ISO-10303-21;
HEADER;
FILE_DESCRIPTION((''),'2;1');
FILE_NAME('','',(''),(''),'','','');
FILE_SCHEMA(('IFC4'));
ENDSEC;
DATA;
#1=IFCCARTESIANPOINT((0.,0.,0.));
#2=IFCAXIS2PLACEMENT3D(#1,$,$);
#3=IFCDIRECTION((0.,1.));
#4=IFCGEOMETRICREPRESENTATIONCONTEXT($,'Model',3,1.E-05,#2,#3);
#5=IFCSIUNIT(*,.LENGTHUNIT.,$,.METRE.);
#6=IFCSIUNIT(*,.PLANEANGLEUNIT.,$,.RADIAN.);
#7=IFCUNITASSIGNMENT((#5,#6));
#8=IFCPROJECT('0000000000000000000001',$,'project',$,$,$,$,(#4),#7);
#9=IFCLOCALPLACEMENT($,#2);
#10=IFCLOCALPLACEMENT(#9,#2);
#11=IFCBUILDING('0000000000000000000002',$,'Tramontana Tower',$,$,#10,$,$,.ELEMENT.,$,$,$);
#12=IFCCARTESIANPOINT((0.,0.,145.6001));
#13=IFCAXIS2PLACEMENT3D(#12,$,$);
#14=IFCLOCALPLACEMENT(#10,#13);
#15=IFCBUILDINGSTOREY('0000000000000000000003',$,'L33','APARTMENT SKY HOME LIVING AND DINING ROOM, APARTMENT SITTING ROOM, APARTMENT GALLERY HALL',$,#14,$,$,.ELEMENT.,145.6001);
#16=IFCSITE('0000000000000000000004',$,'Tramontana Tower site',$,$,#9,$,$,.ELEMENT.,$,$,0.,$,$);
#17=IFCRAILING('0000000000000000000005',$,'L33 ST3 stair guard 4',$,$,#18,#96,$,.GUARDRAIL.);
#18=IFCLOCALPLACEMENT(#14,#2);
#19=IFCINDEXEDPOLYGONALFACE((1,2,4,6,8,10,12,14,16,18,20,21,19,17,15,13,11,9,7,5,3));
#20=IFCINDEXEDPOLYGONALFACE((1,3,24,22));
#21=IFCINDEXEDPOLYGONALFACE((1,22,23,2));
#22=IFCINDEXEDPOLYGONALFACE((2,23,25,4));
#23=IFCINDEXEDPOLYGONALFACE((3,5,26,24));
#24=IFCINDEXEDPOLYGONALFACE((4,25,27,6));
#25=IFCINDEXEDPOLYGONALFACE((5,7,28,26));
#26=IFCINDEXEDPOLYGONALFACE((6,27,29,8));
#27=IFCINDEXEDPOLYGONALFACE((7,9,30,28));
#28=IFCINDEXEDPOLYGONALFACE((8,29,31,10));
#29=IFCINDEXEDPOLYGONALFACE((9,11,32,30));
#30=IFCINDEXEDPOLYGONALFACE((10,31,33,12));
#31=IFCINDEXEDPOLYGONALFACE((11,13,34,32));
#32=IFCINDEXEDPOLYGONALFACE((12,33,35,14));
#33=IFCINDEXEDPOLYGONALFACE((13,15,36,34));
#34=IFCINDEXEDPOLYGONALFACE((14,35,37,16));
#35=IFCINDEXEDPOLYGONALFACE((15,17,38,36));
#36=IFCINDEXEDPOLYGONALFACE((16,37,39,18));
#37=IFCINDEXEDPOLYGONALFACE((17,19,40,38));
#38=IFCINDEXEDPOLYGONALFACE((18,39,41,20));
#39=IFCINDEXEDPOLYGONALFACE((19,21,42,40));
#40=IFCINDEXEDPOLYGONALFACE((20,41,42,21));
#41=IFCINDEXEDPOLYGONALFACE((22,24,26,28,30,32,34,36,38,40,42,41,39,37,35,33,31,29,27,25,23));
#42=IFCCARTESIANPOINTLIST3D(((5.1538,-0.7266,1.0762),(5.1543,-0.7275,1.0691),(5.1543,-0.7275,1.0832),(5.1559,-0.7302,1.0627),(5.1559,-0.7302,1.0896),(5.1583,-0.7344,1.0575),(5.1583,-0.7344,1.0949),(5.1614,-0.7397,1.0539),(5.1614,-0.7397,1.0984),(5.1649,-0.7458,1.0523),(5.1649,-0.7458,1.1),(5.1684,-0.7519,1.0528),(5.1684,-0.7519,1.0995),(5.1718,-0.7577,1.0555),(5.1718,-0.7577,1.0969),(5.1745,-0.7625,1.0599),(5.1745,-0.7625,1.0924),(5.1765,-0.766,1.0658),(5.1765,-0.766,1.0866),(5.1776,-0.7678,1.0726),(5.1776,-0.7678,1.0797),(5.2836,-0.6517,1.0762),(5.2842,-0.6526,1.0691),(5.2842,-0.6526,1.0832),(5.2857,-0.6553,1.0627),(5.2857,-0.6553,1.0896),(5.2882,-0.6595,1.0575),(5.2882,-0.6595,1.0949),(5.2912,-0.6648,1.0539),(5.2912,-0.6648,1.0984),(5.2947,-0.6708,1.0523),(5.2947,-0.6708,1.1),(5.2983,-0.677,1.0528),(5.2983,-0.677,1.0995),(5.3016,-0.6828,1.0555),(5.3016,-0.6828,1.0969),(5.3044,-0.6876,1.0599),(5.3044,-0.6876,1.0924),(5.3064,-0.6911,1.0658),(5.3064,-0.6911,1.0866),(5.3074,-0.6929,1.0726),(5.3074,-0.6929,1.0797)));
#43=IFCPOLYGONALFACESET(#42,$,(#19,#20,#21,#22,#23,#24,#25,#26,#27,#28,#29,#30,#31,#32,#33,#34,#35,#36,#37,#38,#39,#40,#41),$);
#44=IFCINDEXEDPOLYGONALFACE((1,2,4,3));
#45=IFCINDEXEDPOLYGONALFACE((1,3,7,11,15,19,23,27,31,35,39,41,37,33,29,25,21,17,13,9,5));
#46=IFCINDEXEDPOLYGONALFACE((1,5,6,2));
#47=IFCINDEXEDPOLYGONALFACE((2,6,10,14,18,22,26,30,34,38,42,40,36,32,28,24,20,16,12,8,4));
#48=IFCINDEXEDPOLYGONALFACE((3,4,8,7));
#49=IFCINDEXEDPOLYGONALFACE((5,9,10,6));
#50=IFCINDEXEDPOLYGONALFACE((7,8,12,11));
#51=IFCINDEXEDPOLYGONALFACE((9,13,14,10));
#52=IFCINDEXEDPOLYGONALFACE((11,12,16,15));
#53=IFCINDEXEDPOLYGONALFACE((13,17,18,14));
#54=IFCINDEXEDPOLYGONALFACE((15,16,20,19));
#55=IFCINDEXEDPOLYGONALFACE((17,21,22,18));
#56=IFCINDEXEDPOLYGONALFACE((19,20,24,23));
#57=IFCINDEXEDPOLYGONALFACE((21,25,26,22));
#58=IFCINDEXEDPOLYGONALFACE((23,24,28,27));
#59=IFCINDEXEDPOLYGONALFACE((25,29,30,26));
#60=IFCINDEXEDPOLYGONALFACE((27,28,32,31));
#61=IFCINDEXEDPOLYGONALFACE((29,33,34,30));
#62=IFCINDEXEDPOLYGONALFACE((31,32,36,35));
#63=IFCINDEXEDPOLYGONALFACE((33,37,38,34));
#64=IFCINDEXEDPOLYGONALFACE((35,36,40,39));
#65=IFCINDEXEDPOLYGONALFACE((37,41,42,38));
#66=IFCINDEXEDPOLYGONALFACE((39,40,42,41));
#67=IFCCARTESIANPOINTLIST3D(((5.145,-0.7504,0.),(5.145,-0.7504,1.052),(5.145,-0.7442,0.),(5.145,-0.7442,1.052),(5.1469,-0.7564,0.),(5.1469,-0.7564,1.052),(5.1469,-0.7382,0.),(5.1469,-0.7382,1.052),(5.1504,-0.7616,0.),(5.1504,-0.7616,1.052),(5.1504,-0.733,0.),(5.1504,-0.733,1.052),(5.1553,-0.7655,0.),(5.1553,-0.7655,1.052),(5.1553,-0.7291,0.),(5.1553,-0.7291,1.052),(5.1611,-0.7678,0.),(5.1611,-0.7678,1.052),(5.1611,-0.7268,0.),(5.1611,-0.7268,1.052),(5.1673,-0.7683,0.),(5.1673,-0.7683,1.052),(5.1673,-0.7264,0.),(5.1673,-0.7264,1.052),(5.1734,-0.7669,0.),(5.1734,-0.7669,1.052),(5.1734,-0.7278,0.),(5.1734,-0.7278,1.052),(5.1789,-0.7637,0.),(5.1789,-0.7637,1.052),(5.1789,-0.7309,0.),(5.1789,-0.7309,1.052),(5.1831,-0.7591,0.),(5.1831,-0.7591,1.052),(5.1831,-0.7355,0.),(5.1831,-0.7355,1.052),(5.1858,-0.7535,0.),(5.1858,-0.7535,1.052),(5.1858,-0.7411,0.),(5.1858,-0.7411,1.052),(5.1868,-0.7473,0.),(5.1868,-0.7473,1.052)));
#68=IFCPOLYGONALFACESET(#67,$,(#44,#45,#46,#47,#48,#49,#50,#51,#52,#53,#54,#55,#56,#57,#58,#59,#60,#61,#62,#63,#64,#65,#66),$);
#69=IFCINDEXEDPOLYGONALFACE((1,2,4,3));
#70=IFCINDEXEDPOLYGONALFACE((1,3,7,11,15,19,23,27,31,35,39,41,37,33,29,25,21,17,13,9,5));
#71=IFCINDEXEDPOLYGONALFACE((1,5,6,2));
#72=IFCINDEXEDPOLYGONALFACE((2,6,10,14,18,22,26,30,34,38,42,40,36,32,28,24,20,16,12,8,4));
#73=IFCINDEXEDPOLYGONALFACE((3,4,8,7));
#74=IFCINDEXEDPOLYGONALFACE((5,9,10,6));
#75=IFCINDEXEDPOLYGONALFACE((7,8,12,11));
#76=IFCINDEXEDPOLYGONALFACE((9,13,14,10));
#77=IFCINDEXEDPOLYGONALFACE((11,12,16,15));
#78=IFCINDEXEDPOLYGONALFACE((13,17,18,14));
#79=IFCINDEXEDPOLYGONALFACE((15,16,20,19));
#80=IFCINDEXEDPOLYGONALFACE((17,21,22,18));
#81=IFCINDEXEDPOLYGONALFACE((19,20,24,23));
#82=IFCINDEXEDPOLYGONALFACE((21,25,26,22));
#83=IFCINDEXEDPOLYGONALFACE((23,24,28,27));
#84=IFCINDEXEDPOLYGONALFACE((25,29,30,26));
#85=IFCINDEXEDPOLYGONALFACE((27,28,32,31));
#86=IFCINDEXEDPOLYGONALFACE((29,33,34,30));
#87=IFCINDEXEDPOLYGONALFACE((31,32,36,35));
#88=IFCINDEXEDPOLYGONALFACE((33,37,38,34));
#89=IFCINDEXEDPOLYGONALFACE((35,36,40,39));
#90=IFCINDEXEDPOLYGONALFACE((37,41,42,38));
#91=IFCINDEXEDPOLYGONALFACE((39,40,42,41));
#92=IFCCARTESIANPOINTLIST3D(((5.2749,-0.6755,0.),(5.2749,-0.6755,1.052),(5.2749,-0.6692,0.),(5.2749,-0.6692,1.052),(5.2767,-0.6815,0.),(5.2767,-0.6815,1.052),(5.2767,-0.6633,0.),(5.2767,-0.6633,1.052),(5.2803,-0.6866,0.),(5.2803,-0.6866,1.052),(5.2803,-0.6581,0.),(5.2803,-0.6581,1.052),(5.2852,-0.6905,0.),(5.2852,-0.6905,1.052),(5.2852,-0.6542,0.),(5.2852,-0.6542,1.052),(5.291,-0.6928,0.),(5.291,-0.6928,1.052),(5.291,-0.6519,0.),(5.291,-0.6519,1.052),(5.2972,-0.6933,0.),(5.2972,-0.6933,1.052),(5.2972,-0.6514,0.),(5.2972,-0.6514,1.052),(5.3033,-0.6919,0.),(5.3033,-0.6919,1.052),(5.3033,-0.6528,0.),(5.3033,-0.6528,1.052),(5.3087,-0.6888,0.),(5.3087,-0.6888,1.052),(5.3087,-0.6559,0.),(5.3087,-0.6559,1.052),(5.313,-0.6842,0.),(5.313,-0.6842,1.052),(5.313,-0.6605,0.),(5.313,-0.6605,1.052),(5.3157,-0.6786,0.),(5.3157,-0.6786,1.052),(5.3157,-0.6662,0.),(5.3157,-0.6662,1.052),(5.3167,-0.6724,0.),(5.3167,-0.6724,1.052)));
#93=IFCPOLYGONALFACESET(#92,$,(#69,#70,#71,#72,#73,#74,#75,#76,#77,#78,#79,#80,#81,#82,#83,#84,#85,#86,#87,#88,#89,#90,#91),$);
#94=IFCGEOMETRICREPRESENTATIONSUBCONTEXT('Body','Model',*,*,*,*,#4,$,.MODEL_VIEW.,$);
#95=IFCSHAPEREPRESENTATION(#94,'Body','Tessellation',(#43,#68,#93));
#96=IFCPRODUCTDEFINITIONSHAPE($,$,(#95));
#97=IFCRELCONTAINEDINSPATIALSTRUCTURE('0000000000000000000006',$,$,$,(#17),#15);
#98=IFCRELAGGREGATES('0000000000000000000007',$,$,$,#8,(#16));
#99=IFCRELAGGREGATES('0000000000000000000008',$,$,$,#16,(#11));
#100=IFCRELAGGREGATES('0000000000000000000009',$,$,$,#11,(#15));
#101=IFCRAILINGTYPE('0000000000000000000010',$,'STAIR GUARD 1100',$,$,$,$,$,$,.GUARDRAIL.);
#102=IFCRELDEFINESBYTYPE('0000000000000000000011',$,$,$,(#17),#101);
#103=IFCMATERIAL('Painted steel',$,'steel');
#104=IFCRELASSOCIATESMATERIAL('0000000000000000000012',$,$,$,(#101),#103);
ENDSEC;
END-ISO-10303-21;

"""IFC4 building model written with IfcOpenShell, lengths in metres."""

from ifc_helpers import new_model, si_unit, direction, frame, origin, origin_2d, place, context, subcontext, project, spatial, circle, extrude, material, type_object, element, save


model = new_model("IFC4")

# Units and contexts
model_context = context("Model", 3, precision=1e-05, world=origin(), true_north=direction((0.0, 1.0)))
body_context = subcontext(model_context, "Body", "Model", "MODEL_VIEW")
ifc_project = project(units=[si_unit("LENGTHUNIT", "METRE"), si_unit("PLANEANGLEUNIT", "RADIAN")], contexts=[model_context])

# Site, building, storey
site_placement = place(None, origin())
site = spatial("IfcSite", under=ifc_project, at=site_placement, Name="Tramontana Tower site", CompositionType="ELEMENT", RefElevation=0.0)
building_placement = place(site_placement, origin())
building = spatial("IfcBuilding", under=site, at=building_placement, Name="Tramontana Tower", CompositionType="ELEMENT")
storey_placement = place(building_placement, frame((0.0, 0.0, 145.6001)))
storey = spatial("IfcBuildingStorey", under=building, at=storey_placement, Name="L33", Description="APARTMENT SKY HOME LIVING AND DINING ROOM, APARTMENT SITTING ROOM, APARTMENT GALLERY HALL", CompositionType="ELEMENT", Elevation=145.6001)

# Railing
ifc_material_1 = material(Name="Painted steel", Category="steel")
railing_type = type_object("IfcRailingType", Name="STAIR GUARD 1100", PredefinedType="GUARDRAIL", material=ifc_material_1)
railing_1_placement = place(storey_placement, frame((5.1658, -0.7473, 0.0)))
element("IfcRailing", 1, at=railing_1_placement, inside=storey, type_object=railing_type, Name="L33 ST3 stair guard 4", PredefinedType="GUARDRAIL", context=body_context, shape_type="SweptSolid", body=[
    extrude(circle(Radius=0.0239, at=origin_2d()), frame((0.0, 0.0, 1.0762), z_axis=(0.866131, 0.499816, 0.0), x_axis=(-0.499816, 0.866131, 0.0)), (0.0, 0.0, 1.0), 0.1499),
    extrude(circle(Radius=0.021, at=origin_2d()), origin(), (0.0, 0.0, 1.0), 1.052),
    extrude(circle(Radius=0.021, at=origin_2d()), frame((0.1299, 0.075, 0.0)), (0.0, 0.0, 1.0), 1.052),
])

save(model, "model.ifc")
